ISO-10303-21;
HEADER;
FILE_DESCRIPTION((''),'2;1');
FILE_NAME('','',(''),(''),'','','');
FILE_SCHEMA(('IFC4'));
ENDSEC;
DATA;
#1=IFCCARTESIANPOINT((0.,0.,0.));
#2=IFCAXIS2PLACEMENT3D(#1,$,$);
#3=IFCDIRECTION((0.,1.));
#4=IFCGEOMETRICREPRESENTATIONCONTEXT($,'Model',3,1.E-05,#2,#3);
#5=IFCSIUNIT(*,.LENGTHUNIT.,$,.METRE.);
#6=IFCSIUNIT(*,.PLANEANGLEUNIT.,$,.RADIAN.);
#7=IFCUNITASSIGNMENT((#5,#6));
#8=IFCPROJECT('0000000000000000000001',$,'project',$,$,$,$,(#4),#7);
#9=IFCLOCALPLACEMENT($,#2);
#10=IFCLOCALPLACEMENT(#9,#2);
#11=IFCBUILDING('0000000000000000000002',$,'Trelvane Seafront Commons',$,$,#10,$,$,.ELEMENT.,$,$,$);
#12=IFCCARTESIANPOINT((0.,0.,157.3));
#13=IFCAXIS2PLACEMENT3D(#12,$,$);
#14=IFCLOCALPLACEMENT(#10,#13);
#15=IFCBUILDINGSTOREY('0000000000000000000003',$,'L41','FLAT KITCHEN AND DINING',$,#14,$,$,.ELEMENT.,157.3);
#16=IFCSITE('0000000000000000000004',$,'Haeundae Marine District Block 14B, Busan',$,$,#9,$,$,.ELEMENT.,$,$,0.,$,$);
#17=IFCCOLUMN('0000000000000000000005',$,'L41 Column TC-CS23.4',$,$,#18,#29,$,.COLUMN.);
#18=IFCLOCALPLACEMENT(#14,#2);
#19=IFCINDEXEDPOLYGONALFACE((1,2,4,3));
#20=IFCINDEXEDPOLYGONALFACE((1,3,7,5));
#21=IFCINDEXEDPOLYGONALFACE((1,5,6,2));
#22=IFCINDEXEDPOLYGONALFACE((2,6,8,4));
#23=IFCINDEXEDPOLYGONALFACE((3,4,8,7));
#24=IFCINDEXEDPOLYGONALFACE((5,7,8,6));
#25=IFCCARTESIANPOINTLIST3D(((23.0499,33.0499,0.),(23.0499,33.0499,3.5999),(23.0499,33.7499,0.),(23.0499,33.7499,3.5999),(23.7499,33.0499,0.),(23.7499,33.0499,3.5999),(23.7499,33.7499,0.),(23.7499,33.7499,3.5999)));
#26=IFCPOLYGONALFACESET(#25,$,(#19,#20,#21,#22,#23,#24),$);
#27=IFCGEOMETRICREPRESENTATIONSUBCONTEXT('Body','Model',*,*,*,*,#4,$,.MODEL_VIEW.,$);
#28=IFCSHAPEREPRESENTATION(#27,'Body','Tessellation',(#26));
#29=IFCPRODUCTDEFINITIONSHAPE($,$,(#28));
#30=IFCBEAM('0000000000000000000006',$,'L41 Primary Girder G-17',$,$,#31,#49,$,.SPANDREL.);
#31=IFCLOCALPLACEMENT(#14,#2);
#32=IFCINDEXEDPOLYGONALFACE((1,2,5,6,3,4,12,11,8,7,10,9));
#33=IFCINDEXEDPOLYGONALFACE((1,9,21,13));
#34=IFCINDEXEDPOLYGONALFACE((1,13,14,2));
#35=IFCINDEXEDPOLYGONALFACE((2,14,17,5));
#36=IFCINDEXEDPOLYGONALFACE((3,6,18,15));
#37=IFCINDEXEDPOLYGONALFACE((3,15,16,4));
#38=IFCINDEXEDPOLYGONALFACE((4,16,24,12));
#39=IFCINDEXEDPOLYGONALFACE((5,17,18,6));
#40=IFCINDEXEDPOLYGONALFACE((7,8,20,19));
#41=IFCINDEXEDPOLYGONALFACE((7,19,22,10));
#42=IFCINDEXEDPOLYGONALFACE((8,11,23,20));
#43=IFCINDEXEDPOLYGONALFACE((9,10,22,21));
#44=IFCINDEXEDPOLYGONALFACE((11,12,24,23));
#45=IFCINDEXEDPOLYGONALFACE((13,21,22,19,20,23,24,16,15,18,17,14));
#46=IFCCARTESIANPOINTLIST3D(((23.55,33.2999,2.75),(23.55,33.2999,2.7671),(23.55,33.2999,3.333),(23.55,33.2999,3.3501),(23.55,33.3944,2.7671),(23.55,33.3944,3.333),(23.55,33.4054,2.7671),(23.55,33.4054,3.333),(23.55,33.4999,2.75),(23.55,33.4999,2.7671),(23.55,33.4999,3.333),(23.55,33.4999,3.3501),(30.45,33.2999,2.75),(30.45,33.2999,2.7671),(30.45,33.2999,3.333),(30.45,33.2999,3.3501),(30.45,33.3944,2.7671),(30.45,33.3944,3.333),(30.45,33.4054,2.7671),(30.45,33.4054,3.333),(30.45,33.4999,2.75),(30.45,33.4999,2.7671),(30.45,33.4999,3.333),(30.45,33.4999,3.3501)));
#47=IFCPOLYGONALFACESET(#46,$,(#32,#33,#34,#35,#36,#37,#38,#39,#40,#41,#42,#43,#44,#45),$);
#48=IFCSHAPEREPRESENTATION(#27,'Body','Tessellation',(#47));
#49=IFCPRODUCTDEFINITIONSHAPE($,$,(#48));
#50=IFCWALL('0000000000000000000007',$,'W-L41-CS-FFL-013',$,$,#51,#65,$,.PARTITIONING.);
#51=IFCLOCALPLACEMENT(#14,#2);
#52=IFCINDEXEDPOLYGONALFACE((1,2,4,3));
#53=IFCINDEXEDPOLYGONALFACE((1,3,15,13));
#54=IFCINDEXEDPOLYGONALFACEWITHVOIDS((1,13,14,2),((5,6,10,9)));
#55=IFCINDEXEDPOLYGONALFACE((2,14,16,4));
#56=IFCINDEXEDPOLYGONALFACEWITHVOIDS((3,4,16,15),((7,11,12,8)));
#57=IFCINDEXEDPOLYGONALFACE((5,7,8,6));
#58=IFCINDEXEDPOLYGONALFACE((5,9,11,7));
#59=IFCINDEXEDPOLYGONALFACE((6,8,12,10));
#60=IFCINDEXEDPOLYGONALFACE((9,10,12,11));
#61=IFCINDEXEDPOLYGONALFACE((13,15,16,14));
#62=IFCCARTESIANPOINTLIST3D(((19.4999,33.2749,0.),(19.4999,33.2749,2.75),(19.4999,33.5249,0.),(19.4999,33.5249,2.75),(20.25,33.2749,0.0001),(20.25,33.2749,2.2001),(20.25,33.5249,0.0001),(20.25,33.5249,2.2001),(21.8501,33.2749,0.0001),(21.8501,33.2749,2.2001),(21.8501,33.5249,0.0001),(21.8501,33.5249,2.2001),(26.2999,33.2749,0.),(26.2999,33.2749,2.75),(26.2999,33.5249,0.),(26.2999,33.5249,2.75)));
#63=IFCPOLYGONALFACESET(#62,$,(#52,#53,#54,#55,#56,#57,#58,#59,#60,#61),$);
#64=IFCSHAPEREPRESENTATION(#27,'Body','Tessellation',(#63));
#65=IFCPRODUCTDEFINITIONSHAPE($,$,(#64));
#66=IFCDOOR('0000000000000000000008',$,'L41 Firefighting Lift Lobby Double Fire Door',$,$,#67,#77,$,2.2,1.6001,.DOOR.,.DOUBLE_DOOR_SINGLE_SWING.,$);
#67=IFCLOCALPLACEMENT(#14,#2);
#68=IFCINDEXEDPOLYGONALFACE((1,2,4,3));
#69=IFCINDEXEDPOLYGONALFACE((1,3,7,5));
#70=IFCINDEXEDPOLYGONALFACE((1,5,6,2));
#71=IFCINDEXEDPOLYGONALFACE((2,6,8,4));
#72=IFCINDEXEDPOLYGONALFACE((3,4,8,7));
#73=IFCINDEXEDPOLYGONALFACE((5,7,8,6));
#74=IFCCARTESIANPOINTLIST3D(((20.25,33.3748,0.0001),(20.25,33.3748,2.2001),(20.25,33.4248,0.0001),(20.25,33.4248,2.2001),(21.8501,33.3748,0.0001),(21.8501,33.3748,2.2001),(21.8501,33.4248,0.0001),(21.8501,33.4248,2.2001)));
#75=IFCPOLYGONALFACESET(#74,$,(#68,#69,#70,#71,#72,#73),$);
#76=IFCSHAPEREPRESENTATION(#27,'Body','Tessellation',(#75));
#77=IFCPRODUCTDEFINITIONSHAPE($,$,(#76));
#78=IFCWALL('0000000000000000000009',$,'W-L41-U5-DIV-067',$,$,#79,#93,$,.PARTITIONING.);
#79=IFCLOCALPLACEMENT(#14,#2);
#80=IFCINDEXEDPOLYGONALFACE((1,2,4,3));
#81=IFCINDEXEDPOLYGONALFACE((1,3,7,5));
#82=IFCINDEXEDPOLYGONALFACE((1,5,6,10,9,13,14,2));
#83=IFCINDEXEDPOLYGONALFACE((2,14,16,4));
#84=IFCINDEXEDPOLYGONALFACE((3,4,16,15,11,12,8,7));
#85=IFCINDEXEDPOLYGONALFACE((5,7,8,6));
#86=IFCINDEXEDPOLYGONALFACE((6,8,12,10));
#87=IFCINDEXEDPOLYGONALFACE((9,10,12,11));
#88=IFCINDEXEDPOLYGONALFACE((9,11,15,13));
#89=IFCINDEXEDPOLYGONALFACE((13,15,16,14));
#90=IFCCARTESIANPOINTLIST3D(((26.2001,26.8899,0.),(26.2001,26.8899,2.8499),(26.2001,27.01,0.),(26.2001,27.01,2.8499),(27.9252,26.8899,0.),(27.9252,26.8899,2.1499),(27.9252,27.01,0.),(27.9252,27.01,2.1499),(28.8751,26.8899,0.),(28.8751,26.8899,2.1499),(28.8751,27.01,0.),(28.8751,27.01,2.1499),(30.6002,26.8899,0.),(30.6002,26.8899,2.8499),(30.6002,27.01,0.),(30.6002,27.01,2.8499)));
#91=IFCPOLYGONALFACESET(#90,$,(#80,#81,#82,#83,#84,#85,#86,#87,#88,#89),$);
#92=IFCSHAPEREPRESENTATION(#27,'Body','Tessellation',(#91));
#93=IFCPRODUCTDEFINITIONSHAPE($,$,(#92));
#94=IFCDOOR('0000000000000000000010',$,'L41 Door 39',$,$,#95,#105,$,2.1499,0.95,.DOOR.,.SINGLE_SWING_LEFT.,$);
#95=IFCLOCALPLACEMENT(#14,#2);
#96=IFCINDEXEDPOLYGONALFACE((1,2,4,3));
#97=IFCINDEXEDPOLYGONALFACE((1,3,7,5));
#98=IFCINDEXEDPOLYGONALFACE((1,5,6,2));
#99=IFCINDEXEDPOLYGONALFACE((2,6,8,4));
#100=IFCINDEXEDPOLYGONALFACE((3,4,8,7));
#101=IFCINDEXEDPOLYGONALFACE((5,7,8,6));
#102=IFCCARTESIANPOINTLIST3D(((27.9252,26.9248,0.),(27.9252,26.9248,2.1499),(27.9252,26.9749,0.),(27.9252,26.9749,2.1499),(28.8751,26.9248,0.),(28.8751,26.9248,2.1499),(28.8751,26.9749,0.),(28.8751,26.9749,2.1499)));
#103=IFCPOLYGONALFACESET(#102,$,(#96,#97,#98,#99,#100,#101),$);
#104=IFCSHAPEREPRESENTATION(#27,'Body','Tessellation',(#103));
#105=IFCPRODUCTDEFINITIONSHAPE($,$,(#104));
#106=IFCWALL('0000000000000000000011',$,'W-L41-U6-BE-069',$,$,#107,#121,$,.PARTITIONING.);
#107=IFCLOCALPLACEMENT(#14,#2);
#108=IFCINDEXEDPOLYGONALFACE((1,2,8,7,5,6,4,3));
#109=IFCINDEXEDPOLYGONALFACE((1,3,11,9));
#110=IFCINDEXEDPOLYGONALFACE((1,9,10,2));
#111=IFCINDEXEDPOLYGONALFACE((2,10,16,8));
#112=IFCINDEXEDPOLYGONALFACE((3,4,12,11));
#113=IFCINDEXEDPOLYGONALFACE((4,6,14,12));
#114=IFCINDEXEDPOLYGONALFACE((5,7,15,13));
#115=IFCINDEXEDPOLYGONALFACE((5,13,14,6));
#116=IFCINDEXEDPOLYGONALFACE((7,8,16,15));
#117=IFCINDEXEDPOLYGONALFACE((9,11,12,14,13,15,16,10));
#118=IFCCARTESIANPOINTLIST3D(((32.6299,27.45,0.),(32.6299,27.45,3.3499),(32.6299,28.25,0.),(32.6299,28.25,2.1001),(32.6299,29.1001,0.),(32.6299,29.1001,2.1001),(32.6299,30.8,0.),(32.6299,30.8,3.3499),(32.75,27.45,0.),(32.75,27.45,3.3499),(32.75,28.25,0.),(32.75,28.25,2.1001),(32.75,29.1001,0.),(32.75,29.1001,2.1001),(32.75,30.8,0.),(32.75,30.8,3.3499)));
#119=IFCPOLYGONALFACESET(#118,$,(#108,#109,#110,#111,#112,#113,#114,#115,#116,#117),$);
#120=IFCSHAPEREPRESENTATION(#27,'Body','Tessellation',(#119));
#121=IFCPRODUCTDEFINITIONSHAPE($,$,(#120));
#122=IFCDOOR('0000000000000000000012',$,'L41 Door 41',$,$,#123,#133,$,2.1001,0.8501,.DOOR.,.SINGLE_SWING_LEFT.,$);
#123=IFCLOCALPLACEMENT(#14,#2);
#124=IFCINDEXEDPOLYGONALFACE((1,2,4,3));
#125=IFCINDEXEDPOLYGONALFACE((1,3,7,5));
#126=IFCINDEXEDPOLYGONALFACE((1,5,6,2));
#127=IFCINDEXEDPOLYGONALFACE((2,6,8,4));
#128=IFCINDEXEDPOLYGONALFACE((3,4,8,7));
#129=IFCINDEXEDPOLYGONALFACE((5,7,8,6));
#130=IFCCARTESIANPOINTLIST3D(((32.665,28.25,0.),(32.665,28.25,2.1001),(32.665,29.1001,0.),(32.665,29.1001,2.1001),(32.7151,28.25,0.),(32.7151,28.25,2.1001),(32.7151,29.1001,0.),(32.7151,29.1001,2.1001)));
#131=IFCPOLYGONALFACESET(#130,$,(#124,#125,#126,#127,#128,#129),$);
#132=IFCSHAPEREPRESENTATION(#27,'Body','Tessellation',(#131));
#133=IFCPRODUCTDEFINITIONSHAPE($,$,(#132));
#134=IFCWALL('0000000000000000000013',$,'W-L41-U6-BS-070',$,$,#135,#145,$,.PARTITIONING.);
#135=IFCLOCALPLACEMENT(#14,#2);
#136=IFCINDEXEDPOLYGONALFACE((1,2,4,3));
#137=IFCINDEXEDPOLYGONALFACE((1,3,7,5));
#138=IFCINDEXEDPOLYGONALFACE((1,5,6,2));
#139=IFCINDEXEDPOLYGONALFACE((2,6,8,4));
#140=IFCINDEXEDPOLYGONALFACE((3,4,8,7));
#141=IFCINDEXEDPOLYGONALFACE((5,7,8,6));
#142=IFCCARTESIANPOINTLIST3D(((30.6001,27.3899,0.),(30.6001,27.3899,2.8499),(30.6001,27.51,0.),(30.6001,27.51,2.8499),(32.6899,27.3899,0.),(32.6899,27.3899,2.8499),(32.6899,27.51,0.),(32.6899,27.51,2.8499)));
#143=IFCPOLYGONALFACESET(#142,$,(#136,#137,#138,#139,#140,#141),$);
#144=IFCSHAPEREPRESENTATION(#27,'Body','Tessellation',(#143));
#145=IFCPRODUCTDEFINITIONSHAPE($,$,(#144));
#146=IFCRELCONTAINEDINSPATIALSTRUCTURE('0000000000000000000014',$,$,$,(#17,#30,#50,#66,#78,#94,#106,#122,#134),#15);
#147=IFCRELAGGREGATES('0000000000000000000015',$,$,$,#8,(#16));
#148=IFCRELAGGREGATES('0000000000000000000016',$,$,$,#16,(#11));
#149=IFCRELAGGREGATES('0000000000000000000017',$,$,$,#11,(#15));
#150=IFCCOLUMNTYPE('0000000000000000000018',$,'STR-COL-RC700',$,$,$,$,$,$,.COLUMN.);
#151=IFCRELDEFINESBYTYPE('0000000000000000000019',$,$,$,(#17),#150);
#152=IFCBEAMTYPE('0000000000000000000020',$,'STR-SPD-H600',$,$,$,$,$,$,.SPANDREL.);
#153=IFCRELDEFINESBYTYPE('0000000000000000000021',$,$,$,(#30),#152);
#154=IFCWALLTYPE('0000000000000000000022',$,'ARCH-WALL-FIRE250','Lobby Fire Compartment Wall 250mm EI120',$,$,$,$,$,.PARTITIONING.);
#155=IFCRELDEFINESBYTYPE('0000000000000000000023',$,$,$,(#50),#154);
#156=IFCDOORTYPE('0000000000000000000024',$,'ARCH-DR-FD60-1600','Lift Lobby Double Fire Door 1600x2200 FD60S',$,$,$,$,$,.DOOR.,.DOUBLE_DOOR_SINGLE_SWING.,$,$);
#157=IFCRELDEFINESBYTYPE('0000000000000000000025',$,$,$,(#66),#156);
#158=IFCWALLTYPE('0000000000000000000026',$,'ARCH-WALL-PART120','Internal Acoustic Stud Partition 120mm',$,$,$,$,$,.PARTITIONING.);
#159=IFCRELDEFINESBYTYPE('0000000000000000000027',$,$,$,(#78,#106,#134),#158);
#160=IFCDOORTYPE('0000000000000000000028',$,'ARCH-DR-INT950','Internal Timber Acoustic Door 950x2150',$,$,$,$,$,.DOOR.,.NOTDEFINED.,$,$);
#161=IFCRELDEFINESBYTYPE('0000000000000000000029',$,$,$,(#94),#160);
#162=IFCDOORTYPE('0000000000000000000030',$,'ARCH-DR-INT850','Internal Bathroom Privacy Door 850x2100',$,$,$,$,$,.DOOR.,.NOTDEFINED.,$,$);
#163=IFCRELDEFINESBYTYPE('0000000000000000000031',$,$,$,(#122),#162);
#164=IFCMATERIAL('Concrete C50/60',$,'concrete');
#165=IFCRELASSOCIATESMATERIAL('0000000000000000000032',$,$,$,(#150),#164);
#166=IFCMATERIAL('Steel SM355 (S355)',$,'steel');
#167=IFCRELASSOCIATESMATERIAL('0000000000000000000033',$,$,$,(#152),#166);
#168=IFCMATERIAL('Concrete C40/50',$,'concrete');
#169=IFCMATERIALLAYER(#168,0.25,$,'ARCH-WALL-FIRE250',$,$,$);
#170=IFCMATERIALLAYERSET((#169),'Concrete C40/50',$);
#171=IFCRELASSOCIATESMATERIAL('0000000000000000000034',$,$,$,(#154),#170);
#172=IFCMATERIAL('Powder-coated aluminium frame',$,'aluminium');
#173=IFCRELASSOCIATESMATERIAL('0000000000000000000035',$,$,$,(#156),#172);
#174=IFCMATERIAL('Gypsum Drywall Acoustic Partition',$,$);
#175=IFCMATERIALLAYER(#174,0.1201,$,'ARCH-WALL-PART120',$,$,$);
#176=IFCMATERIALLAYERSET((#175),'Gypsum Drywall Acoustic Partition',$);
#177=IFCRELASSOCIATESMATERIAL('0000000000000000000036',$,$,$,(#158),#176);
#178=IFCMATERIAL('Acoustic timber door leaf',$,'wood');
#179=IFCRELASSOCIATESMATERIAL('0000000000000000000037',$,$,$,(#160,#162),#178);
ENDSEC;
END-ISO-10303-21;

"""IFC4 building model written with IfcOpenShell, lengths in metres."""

from ifc_helpers import new_model, si_unit, direction, frame, frame_2d, origin, origin_2d, place, context, subcontext, project, spatial, rectangle, i_section, extrude, source, transform, mapped, material, layer, layer_set, material_profile, profile_set, type_object, element, fill, save


model = new_model("IFC4")

# Units and contexts
model_context = context("Model", 3, precision=1e-05, world=origin(), true_north=direction((0.0, 1.0)))
body_context = subcontext(model_context, "Body", "Model", "MODEL_VIEW")
ifc_project = project(units=[si_unit("LENGTHUNIT", "METRE"), si_unit("PLANEANGLEUNIT", "RADIAN")], contexts=[model_context])

# Site, building, storey
site_placement = place(None, origin())
site = spatial("IfcSite", under=ifc_project, at=site_placement, Name="Haeundae Marine District Block 14B, Busan", CompositionType="ELEMENT", RefElevation=0.0)
building_placement = place(site_placement, origin())
building = spatial("IfcBuilding", under=site, at=building_placement, Name="Trelvane Seafront Commons", CompositionType="ELEMENT")
storey_placement = place(building_placement, frame((0.0, 0.0, 157.3)))
storey = spatial("IfcBuildingStorey", under=building, at=storey_placement, Name="L41", Description="FLAT KITCHEN AND DINING", CompositionType="ELEMENT", Elevation=157.3)

# Column
ifc_material_1 = material(Name="Concrete C50/60", Category="concrete")
ifc_material_profile_1 = material_profile(ifc_material_1, rectangle(XDim=0.7, YDim=0.7, at=origin_2d()), Name="RC-700x700")
ifc_profile_set_1 = profile_set([ifc_material_profile_1], Name="Concrete C50/60")
column_type = type_object("IfcColumnType", Name="STR-COL-RC700", PredefinedType="COLUMN", material=ifc_profile_set_1)
shared_shape_1 = source(origin(), body_context, "Body", "SweptSolid", [
    extrude(rectangle(XDim=0.7, YDim=0.7, at=origin_2d()), origin(), (0.0, 0.0, 1.0), 3.5999),
])
column_placement = place(storey_placement, frame((23.3999, 33.3999, 0.0), z_axis=(0.0, 0.0, 1.0), x_axis=(1.0, 0.0, 0.0)))
element("IfcColumn", 1, at=column_placement, inside=storey, type_object=column_type, Name="L41 Column TC-CS23.4", PredefinedType="COLUMN", context=body_context, shape_type="MappedRepresentation", body=[
    mapped(shared_shape_1, transform((0.0, 0.0, 0.0), x_axis=(1.0, 0.0, 0.0), y_axis=(0.0, 1.0, 0.0), z_axis=(0.0, 0.0, 1.0), scale=1.0)),
])

# Beam
ifc_material_2 = material(Name="Steel SM355 (S355)", Category="steel")
ifc_material_profile_2 = material_profile(ifc_material_2, i_section(OverallWidth=0.2, OverallDepth=0.6001, WebThickness=0.011, FlangeThickness=0.0171, at=origin_2d()), Name="H-600x200x11x17")
ifc_profile_set_2 = profile_set([ifc_material_profile_2], Name="Steel SM355 (S355)")
beam_type = type_object("IfcBeamType", Name="STR-SPD-H600", PredefinedType="SPANDREL", material=ifc_profile_set_2)
shared_shape_2 = source(origin(), body_context, "Body", "SweptSolid", [
    extrude(i_section(OverallWidth=0.2, OverallDepth=0.6001, WebThickness=0.011, FlangeThickness=0.0171, at=origin_2d()), origin(), (0.0, 0.0, 1.0), 6.8999),
])
beam_placement = place(storey_placement, frame((23.55, 33.3999, 3.05), z_axis=(1.0, 0.0, 0.0), x_axis=(0.0, 1.0, 0.0)))
element("IfcBeam", 2, at=beam_placement, inside=storey, type_object=beam_type, Name="L41 Primary Girder G-17", PredefinedType="SPANDREL", context=body_context, shape_type="MappedRepresentation", body=[
    mapped(shared_shape_2, transform((0.0, 0.0, 0.0), x_axis=(1.0, 0.0, 0.0), y_axis=(0.0, 1.0, 0.0), z_axis=(0.0, 0.0, 1.0), scale=1.0)),
])

# Walls, openings, doors
ifc_material_3 = material(Name="Concrete C40/50", Category="concrete")
ifc_layer_1 = layer(ifc_material_3, 0.25, Name="ARCH-WALL-FIRE250")
ifc_layer_set_1 = layer_set([ifc_layer_1], Name="Concrete C40/50")
wall_type_1 = type_object("IfcWallType", Name="ARCH-WALL-FIRE250", Description="Lobby Fire Compartment Wall 250mm EI120", PredefinedType="PARTITIONING", material=ifc_layer_set_1)
wall_1_placement = place(storey_placement, frame((19.5, 33.3999, 0.0), z_axis=(0.0, 0.0, 1.0), x_axis=(1.0, 0.0, 0.0)))
wall_1 = element("IfcWall", 3, at=wall_1_placement, inside=storey, type_object=wall_type_1, Name="W-L41-CS-FFL-013", PredefinedType="PARTITIONING", context=body_context, shape_type="SweptSolid", body=[
    extrude(rectangle(XDim=6.8, YDim=0.25, at=frame_2d((3.3999, 0.0))), origin(), (0.0, 0.0, 1.0), 2.75),
])
opening_1_placement = place(wall_1_placement, frame((0.75, 0.0, 0.0)))
opening_1 = element("IfcOpeningElement", 4, at=opening_1_placement, cuts=wall_1, PredefinedType="OPENING", context=body_context, shape_type="SweptSolid", body=[
    extrude(rectangle(XDim=1.6001, YDim=2.2, at=frame_2d((0.8, 1.1001))), frame((0.0, 0.135, 0.0), z_axis=(0.0, -1.0, 0.0), x_axis=(1.0, 0.0, 0.0)), (0.0, 0.0, 1.0), 0.27),
])
ifc_material_4 = material(Name="Powder-coated aluminium frame", Category="aluminium")
door_type_1 = type_object("IfcDoorType", Name="ARCH-DR-FD60-1600", Description="Lift Lobby Double Fire Door 1600x2200 FD60S", OperationType="DOUBLE_DOOR_SINGLE_SWING", PredefinedType="DOOR", material=ifc_material_4)
shared_shape_3 = source(origin(), body_context, "Body", "SweptSolid", [
    extrude(rectangle(XDim=1.6001, YDim=2.2, at=frame_2d((0.8, 1.1001))), frame((0.0, 0.0249, 0.0), z_axis=(0.0, -1.0, 0.0), x_axis=(1.0, 0.0, 0.0)), (0.0, 0.0, 1.0), 0.05),
])
door_1_placement = place(opening_1_placement, origin())
door_1 = element("IfcDoor", 5, at=door_1_placement, inside=storey, type_object=door_type_1, Name="L41 Firefighting Lift Lobby Double Fire Door", OperationType="DOUBLE_DOOR_SINGLE_SWING", OverallHeight=2.2, OverallWidth=1.6001, PredefinedType="DOOR", context=body_context, shape_type="MappedRepresentation", body=[
    mapped(shared_shape_3, transform((0.0, 0.0, 0.0), x_axis=(1.0, 0.0, 0.0), y_axis=(0.0, 1.0, 0.0), z_axis=(0.0, 0.0, 1.0), scale=1.0)),
])
fill(opening_1, door_1)
ifc_material_5 = material(Name="Gypsum Drywall Acoustic Partition")
ifc_layer_2 = layer(ifc_material_5, 0.1201, Name="ARCH-WALL-PART120")
ifc_layer_set_2 = layer_set([ifc_layer_2], Name="Gypsum Drywall Acoustic Partition")
wall_type_2 = type_object("IfcWallType", Name="ARCH-WALL-PART120", Description="Internal Acoustic Stud Partition 120mm", PredefinedType="PARTITIONING", material=ifc_layer_set_2)
wall_2_placement = place(storey_placement, frame((26.2, 26.95, 0.0), z_axis=(0.0, 0.0, 1.0), x_axis=(1.0, 0.0, 0.0)))
wall_2 = element("IfcWall", 6, at=wall_2_placement, inside=storey, type_object=wall_type_2, Name="W-L41-U5-DIV-067", PredefinedType="PARTITIONING", context=body_context, shape_type="SweptSolid", body=[
    extrude(rectangle(XDim=4.4001, YDim=0.1201, at=frame_2d((2.2002, 0.0))), origin(), (0.0, 0.0, 1.0), 2.8499),
])
opening_2_placement = place(wall_2_placement, frame((1.7251, 0.0, 0.0)))
opening_2 = element("IfcOpeningElement", 7, at=opening_2_placement, cuts=wall_2, PredefinedType="OPENING", context=body_context, shape_type="SweptSolid", body=[
    extrude(rectangle(XDim=0.95, YDim=2.1499, at=frame_2d((0.4751, 1.075))), frame((0.0, 0.0701, 0.0), z_axis=(0.0, -1.0, 0.0), x_axis=(1.0, 0.0, 0.0)), (0.0, 0.0, 1.0), 0.1401),
])
ifc_material_6 = material(Name="Acoustic timber door leaf", Category="wood")
door_type_2 = type_object("IfcDoorType", Name="ARCH-DR-INT950", Description="Internal Timber Acoustic Door 950x2150", OperationType="NOTDEFINED", PredefinedType="DOOR", material=ifc_material_6)
shared_shape_4 = source(origin(), body_context, "Body", "SweptSolid", [
    extrude(rectangle(XDim=0.95, YDim=2.1499, at=frame_2d((0.4751, 1.075))), frame((0.0, 0.0249, 0.0), z_axis=(0.0, -1.0, 0.0), x_axis=(1.0, 0.0, 0.0)), (0.0, 0.0, 1.0), 0.05),
])
door_2_placement = place(opening_2_placement, origin())
door_2 = element("IfcDoor", 8, at=door_2_placement, inside=storey, type_object=door_type_2, Name="L41 Door 39", OperationType="SINGLE_SWING_LEFT", OverallHeight=2.1499, OverallWidth=0.95, PredefinedType="DOOR", context=body_context, shape_type="MappedRepresentation", body=[
    mapped(shared_shape_4, transform((0.0, 0.0, 0.0), x_axis=(1.0, 0.0, 0.0), y_axis=(0.0, 1.0, 0.0), z_axis=(0.0, 0.0, 1.0), scale=1.0)),
])
fill(opening_2, door_2)
wall_3_placement = place(storey_placement, frame((32.6899, 27.45, 0.0), z_axis=(0.0, 0.0, 1.0), x_axis=(0.0, 1.0, 0.0)))
wall_3 = element("IfcWall", 9, at=wall_3_placement, inside=storey, type_object=wall_type_2, Name="W-L41-U6-BE-069", PredefinedType="PARTITIONING", context=body_context, shape_type="SweptSolid", body=[
    extrude(rectangle(XDim=3.3501, YDim=0.1201, at=frame_2d((1.675, 0.0))), origin(), (0.0, 0.0, 1.0), 3.3499),
])
opening_3_placement = place(wall_3_placement, frame((0.8, 0.0, 0.0)))
opening_3 = element("IfcOpeningElement", 10, at=opening_3_placement, cuts=wall_3, PredefinedType="OPENING", context=body_context, shape_type="SweptSolid", body=[
    extrude(rectangle(XDim=0.8501, YDim=2.1001, at=frame_2d((0.425, 1.05))), frame((0.0, 0.0701, 0.0), z_axis=(0.0, -1.0, 0.0), x_axis=(1.0, 0.0, 0.0)), (0.0, 0.0, 1.0), 0.1401),
])
door_type_3 = type_object("IfcDoorType", Name="ARCH-DR-INT850", Description="Internal Bathroom Privacy Door 850x2100", OperationType="NOTDEFINED", PredefinedType="DOOR", material=ifc_material_6)
shared_shape_5 = source(origin(), body_context, "Body", "SweptSolid", [
    extrude(rectangle(XDim=0.8501, YDim=2.1001, at=frame_2d((0.425, 1.05))), frame((0.0, 0.0249, 0.0), z_axis=(0.0, -1.0, 0.0), x_axis=(1.0, 0.0, 0.0)), (0.0, 0.0, 1.0), 0.05),
])
door_3_placement = place(opening_3_placement, origin())
door_3 = element("IfcDoor", 11, at=door_3_placement, inside=storey, type_object=door_type_3, Name="L41 Door 41", OperationType="SINGLE_SWING_LEFT", OverallHeight=2.1001, OverallWidth=0.8501, PredefinedType="DOOR", context=body_context, shape_type="MappedRepresentation", body=[
    mapped(shared_shape_5, transform((0.0, 0.0, 0.0), x_axis=(1.0, 0.0, 0.0), y_axis=(0.0, 1.0, 0.0), z_axis=(0.0, 0.0, 1.0), scale=1.0)),
])
fill(opening_3, door_3)

# Wall
wall_4_placement = place(storey_placement, frame((30.6001, 27.45, 0.0), z_axis=(0.0, 0.0, 1.0), x_axis=(1.0, 0.0, 0.0)))
element("IfcWall", 12, at=wall_4_placement, inside=storey, type_object=wall_type_2, Name="W-L41-U6-BS-070", PredefinedType="PARTITIONING", context=body_context, shape_type="SweptSolid", body=[
    extrude(rectangle(XDim=2.0898, YDim=0.1201, at=frame_2d((1.0449, 0.0))), origin(), (0.0, 0.0, 1.0), 2.8499),
])

save(model, "model.ifc")
